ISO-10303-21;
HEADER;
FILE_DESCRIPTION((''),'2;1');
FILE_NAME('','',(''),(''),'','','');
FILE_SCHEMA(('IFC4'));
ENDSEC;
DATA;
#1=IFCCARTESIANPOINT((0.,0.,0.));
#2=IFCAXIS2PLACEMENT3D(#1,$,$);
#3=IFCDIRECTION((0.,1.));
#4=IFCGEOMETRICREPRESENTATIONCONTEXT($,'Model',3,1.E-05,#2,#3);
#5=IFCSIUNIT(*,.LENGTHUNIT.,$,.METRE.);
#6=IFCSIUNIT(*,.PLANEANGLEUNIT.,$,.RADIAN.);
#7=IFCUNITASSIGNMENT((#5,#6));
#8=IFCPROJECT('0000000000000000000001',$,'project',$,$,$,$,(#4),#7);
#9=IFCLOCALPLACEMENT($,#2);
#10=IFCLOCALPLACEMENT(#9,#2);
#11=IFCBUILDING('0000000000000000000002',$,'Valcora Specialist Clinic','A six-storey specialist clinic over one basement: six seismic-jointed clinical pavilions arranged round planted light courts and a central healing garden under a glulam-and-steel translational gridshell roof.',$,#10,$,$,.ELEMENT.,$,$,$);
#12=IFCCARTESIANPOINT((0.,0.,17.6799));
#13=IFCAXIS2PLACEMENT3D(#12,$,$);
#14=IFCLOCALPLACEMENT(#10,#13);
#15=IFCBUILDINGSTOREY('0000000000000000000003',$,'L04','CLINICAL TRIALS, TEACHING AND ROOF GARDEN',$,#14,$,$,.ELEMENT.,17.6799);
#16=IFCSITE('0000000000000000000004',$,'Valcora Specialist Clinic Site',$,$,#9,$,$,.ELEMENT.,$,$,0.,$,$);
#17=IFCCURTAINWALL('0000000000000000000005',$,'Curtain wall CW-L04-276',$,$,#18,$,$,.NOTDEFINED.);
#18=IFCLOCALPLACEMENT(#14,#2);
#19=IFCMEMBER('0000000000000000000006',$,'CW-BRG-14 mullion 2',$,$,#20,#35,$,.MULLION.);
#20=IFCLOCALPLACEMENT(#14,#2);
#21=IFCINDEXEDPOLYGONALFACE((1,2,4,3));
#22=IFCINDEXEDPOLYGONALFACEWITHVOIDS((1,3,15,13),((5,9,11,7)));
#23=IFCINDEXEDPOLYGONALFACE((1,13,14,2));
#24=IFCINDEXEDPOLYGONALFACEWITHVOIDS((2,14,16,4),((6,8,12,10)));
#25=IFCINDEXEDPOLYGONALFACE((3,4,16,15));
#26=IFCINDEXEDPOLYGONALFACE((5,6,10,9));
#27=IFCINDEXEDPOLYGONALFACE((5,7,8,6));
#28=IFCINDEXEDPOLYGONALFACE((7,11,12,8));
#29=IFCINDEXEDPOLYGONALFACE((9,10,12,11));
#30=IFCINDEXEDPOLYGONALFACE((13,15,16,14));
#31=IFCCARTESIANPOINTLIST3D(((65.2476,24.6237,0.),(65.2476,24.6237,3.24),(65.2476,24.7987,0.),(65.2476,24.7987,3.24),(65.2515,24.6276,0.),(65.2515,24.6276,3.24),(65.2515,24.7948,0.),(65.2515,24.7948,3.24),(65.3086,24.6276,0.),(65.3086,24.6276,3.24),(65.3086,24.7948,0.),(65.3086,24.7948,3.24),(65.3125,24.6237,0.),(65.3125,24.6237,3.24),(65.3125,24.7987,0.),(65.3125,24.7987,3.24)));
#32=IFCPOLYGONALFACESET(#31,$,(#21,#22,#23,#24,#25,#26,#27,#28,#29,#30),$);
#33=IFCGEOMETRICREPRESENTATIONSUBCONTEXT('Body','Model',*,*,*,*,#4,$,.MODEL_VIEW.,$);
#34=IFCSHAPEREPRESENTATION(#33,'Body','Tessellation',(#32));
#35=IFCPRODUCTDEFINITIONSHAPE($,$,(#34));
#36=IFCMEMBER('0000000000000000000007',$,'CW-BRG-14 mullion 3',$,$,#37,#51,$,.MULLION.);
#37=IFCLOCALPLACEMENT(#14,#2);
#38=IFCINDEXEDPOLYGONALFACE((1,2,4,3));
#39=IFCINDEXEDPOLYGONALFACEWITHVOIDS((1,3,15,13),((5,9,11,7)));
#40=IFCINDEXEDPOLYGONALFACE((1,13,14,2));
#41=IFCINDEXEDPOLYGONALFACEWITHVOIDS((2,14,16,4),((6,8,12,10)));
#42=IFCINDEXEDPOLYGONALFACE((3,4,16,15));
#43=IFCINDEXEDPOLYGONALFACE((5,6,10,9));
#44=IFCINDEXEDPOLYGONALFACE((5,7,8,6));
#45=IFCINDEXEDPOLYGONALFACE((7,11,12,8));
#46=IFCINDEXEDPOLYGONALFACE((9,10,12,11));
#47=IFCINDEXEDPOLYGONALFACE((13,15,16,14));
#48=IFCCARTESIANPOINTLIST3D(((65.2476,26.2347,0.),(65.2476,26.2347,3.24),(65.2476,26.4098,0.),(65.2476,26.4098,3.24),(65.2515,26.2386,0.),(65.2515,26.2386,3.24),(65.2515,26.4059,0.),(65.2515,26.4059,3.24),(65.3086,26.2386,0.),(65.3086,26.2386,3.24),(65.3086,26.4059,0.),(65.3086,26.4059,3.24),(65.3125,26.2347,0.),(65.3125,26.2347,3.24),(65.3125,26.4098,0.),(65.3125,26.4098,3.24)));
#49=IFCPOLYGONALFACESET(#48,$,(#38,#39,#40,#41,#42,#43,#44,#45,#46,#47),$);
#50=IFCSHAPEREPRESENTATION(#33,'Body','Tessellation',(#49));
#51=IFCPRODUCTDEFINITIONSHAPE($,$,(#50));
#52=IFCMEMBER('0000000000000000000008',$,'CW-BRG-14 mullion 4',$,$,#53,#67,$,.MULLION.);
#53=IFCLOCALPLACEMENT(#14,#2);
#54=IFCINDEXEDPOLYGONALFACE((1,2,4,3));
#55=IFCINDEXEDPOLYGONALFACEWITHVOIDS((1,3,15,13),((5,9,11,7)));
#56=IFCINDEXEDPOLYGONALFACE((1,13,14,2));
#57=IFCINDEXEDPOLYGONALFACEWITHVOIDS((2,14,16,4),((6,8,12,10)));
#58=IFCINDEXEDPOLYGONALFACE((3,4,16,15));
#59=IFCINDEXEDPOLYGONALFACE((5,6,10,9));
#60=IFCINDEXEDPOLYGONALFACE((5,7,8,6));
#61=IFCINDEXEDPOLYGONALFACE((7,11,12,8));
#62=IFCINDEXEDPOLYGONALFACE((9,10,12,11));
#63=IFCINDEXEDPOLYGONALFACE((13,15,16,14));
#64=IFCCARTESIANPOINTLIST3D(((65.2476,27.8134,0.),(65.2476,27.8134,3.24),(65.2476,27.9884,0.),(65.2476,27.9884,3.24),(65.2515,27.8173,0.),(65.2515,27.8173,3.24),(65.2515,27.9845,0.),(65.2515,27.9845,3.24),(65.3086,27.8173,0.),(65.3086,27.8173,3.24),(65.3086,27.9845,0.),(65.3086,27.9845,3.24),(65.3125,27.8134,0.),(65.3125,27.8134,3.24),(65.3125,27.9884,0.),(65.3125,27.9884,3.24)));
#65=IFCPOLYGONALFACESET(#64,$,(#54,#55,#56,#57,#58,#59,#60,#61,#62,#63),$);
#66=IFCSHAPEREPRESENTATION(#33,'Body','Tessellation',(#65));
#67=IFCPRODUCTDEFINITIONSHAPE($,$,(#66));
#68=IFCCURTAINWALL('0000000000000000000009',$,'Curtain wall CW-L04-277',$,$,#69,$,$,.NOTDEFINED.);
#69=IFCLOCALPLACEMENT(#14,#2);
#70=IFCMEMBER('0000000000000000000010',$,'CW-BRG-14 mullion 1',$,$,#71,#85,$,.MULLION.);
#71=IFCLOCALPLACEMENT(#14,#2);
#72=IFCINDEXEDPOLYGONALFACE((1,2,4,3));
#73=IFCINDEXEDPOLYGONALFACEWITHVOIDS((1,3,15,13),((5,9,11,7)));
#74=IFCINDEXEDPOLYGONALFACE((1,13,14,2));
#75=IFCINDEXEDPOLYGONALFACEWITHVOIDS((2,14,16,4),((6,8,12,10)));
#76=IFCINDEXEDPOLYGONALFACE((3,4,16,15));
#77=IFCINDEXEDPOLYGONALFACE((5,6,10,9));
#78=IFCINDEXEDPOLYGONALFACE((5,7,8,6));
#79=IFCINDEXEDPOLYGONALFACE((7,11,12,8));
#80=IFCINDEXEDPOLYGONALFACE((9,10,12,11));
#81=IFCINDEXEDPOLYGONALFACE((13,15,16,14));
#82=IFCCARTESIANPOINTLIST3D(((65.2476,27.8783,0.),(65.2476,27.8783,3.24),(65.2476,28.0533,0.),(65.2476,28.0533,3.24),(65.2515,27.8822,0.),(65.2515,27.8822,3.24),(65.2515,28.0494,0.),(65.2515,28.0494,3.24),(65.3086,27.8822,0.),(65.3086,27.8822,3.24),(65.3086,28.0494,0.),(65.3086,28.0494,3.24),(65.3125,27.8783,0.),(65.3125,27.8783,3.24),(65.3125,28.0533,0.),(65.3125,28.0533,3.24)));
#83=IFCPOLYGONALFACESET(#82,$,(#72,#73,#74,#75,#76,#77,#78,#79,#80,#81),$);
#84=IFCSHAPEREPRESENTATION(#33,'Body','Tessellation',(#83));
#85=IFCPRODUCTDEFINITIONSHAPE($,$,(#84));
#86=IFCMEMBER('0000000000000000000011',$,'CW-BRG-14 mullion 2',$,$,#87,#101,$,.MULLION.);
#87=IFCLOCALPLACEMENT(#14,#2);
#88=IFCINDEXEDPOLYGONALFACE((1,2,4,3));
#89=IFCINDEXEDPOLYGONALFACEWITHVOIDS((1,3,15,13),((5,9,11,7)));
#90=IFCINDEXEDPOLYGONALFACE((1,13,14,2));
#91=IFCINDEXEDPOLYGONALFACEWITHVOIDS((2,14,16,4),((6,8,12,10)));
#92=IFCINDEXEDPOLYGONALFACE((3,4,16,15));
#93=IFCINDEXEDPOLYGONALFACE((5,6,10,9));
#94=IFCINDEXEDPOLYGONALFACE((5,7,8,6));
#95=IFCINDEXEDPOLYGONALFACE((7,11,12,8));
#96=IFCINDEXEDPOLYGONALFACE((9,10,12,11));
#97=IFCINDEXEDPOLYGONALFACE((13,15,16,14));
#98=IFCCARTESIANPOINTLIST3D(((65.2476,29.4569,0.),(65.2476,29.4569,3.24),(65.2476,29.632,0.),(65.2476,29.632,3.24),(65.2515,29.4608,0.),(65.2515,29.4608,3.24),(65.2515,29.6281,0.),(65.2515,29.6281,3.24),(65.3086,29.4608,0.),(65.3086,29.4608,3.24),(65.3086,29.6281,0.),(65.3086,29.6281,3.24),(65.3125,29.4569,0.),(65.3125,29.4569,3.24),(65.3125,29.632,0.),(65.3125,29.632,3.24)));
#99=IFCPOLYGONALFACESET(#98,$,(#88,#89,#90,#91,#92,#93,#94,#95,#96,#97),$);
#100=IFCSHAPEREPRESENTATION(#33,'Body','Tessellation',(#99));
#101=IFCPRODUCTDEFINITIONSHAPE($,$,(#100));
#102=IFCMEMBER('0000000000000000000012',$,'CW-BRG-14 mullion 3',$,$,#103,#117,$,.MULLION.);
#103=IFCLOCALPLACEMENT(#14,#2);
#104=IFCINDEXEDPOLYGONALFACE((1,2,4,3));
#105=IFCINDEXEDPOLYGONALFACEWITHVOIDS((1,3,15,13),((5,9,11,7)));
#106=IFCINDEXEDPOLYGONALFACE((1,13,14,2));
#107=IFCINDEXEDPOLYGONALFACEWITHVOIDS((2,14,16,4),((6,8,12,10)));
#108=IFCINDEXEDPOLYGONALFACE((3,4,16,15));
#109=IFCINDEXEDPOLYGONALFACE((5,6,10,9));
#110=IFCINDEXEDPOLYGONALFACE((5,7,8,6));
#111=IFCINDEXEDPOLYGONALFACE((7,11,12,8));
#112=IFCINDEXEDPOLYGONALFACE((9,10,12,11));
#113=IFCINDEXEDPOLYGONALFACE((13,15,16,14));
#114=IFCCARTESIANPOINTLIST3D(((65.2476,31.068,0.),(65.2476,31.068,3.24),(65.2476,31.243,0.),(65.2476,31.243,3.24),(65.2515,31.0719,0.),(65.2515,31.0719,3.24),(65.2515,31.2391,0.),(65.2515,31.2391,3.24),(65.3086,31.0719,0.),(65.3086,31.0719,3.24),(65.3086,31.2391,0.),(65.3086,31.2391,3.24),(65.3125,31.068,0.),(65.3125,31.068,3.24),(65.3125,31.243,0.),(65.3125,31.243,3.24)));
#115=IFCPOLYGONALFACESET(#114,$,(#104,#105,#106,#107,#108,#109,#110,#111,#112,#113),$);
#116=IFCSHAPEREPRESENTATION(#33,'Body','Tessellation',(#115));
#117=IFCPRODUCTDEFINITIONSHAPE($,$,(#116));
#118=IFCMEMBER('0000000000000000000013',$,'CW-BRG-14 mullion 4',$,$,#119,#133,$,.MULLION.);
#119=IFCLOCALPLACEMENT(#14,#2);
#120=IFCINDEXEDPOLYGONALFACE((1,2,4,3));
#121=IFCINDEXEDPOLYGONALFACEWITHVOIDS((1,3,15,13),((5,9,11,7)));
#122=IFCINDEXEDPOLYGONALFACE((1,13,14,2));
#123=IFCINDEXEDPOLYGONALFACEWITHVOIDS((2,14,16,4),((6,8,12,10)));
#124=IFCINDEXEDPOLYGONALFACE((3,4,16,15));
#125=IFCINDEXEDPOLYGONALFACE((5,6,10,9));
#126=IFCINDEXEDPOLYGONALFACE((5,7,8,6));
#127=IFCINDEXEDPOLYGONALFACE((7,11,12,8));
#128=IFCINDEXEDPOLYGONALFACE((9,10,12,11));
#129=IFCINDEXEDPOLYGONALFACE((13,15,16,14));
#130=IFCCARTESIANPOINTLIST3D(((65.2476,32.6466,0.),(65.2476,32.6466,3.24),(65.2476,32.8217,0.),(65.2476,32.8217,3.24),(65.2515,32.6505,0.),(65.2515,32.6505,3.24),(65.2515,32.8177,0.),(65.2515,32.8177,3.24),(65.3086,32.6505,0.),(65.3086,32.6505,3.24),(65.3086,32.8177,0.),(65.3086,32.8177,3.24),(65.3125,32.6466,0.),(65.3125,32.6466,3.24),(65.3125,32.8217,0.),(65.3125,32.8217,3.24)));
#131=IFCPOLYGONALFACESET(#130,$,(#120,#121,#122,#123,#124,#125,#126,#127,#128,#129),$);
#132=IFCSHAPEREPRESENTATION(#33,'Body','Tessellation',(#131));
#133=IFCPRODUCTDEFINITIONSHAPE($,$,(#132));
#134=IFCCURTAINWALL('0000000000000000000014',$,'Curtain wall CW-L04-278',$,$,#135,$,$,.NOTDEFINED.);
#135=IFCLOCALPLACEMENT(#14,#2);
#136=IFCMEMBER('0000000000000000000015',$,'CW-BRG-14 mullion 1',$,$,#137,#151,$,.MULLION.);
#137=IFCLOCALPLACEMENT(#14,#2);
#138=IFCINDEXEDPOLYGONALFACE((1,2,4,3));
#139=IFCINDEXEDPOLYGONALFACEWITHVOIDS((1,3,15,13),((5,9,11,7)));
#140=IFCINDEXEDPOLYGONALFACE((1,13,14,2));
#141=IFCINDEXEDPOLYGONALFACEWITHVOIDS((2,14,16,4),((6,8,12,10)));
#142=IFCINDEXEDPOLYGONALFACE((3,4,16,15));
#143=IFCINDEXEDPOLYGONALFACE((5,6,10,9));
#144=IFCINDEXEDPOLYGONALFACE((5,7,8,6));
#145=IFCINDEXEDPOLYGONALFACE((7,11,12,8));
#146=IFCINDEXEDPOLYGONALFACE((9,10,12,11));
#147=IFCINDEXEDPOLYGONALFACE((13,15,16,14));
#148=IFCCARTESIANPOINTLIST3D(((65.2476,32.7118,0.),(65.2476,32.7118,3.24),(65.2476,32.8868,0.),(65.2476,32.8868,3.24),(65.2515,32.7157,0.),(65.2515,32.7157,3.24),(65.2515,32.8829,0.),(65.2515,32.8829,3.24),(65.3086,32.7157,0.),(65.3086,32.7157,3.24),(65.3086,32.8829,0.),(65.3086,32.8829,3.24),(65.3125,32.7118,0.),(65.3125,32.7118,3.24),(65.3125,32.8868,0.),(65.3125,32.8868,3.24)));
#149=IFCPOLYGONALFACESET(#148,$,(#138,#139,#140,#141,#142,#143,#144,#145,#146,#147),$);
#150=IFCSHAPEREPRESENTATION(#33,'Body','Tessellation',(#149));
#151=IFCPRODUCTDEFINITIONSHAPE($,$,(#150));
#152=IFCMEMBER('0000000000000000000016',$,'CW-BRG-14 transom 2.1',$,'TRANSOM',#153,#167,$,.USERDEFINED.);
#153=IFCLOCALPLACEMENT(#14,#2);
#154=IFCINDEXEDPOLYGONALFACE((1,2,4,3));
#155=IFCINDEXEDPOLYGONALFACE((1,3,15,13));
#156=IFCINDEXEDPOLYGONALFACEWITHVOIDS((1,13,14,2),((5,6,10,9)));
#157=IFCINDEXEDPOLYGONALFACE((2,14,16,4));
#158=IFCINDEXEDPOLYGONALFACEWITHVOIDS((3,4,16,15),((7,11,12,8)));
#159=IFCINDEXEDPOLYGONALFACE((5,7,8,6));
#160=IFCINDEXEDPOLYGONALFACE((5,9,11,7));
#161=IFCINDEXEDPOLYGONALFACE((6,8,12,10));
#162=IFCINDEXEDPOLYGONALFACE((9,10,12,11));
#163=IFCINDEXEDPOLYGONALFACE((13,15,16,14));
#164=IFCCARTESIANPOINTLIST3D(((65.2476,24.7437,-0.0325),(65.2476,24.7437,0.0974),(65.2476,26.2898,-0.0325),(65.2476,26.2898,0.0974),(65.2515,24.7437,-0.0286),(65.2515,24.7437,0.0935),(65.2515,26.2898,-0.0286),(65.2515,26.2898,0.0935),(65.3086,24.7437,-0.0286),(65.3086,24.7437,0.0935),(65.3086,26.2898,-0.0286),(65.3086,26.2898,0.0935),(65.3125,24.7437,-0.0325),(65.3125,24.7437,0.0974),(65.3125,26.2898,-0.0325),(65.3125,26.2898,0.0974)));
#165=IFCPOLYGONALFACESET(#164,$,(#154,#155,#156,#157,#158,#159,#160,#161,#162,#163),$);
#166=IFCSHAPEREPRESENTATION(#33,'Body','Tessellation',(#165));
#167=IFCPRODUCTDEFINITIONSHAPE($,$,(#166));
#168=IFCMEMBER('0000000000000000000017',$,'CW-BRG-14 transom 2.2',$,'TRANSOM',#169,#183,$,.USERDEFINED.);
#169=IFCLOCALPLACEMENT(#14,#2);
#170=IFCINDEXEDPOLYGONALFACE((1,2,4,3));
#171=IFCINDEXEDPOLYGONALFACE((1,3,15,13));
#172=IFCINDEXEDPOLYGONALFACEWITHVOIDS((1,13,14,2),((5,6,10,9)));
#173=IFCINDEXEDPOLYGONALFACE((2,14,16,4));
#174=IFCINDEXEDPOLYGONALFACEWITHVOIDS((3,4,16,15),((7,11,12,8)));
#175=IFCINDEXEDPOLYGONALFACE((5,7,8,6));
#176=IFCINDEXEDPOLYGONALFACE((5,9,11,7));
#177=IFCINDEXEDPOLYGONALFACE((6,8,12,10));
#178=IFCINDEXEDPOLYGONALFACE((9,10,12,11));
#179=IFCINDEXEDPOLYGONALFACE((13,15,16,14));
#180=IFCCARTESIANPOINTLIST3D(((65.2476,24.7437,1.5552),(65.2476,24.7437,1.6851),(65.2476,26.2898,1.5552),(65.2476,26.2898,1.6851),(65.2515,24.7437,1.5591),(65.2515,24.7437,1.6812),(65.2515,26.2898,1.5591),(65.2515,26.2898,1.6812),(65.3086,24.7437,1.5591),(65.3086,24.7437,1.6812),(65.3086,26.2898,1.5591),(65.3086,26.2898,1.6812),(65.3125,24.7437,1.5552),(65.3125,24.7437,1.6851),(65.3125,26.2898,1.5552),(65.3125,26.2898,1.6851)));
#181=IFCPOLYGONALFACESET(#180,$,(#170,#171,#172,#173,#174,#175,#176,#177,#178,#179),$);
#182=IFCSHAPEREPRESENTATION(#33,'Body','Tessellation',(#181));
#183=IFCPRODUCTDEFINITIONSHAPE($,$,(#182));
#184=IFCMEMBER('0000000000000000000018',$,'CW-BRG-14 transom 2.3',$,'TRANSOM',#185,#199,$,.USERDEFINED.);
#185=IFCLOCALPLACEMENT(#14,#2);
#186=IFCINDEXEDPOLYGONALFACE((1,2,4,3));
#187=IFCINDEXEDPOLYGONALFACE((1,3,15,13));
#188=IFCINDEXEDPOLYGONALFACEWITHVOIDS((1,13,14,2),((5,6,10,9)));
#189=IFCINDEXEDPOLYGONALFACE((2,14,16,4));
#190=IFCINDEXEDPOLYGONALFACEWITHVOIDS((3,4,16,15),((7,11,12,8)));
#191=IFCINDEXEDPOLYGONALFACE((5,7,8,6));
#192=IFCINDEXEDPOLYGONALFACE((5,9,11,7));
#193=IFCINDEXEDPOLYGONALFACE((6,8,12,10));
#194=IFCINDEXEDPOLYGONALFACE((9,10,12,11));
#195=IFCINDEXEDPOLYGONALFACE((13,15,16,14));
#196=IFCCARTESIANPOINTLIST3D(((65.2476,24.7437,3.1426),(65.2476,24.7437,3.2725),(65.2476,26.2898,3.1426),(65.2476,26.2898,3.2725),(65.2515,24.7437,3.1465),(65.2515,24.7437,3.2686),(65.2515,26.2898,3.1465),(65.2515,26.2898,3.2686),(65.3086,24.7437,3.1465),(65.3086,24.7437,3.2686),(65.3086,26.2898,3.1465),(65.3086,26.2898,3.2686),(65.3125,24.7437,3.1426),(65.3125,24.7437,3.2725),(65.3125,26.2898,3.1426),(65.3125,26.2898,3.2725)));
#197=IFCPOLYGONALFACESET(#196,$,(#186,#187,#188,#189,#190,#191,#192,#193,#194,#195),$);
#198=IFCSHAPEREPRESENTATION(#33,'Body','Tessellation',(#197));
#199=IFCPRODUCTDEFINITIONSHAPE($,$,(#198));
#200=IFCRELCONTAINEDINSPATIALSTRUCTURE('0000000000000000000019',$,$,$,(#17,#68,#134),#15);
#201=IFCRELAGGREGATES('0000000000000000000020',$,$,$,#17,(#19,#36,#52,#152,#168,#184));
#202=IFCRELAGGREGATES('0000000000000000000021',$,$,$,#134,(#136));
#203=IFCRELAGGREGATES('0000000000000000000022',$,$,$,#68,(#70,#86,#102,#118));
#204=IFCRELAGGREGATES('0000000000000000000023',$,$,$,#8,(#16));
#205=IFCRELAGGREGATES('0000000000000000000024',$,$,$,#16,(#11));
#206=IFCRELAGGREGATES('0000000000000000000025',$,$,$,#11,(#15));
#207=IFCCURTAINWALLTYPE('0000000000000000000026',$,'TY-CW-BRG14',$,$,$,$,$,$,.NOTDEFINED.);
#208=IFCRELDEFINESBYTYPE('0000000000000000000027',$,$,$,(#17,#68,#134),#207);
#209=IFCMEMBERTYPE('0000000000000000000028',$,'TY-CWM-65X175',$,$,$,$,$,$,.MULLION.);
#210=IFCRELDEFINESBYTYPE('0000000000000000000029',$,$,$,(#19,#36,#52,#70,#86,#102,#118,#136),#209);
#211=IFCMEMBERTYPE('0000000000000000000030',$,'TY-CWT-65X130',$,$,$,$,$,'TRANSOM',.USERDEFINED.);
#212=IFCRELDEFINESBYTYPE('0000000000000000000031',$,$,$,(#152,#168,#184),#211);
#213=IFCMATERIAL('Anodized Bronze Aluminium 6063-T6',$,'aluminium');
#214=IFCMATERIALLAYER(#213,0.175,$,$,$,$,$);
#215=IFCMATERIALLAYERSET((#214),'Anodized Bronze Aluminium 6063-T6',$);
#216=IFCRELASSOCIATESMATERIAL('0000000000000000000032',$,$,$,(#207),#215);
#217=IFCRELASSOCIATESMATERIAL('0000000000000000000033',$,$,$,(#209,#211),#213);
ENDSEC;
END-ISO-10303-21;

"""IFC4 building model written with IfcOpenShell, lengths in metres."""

from ifc_helpers import new_model, si_unit, direction, frame, origin, origin_2d, place, context, subcontext, project, spatial, hollow_rectangle, extrude, material, layer, layer_set, material_profile, profile_set, type_object, element, aggregate, save


model = new_model("IFC4")

# Units and contexts
model_context = context("Model", 3, precision=1e-05, world=origin(), true_north=direction((0.0, 1.0)))
body_context = subcontext(model_context, "Body", "Model", "MODEL_VIEW")
ifc_project = project(units=[si_unit("LENGTHUNIT", "METRE"), si_unit("PLANEANGLEUNIT", "RADIAN")], contexts=[model_context])

# Site, building, storey
site_placement = place(None, origin())
site = spatial("IfcSite", under=ifc_project, at=site_placement, Name="Valcora Specialist Clinic Site", CompositionType="ELEMENT", RefElevation=0.0)
building_placement = place(site_placement, origin())
building = spatial("IfcBuilding", under=site, at=building_placement, Name="Valcora Specialist Clinic", Description="A six-storey specialist clinic over one basement: six seismic-jointed clinical pavilions arranged round planted light courts and a central healing garden under a glulam-and-steel translational gridshell roof.", CompositionType="ELEMENT")
storey_placement = place(building_placement, frame((0.0, 0.0, 17.6799)))
storey = spatial("IfcBuildingStorey", under=building, at=storey_placement, Name="L04", Description="CLINICAL TRIALS, TEACHING AND ROOF GARDEN", CompositionType="ELEMENT", Elevation=17.6799)

# Curtain walls, members
ifc_material_1 = material(Name="Anodized Bronze Aluminium 6063-T6", Category="aluminium")
ifc_layer_1 = layer(ifc_material_1, 0.175)
ifc_layer_set_1 = layer_set([ifc_layer_1], Name="Anodized Bronze Aluminium 6063-T6")
curtain_wall_type = type_object("IfcCurtainWallType", Name="TY-CW-BRG14", PredefinedType="NOTDEFINED", material=ifc_layer_set_1)
curtain_wall_1_placement = place(storey_placement, origin())
curtain_wall_1 = element("IfcCurtainWall", 1, at=curtain_wall_1_placement, inside=storey, type_object=curtain_wall_type, Name="Curtain wall CW-L04-276", PredefinedType="NOTDEFINED")
ifc_material_profile_1 = material_profile(ifc_material_1, hollow_rectangle(XDim=0.0649, YDim=0.175, WallThickness=0.0039, at=origin_2d()), Name="AL-MUL-65X175")
ifc_profile_set_1 = profile_set([ifc_material_profile_1], Name="Anodized Bronze Aluminium 6063-T6")
member_type_1 = type_object("IfcMemberType", Name="TY-CWM-65X175", PredefinedType="MULLION", material=ifc_profile_set_1)
member_1_placement = place(storey_placement, frame((65.28, 24.7112, 0.0), z_axis=(0.0, 0.0, 1.0), x_axis=(-1.0, 0.0, 0.0)))
member_1 = element("IfcMember", 2, at=member_1_placement, type_object=member_type_1, Name="CW-BRG-14 mullion 2", PredefinedType="MULLION", context=body_context, shape_type="SweptSolid", body=[
    extrude(hollow_rectangle(XDim=0.0649, YDim=0.175, WallThickness=0.0039, at=origin_2d()), origin(), (0.0, 0.0, 1.0), 3.24),
])
member_2_placement = place(storey_placement, frame((65.28, 26.3223, 0.0), z_axis=(0.0, 0.0, 1.0), x_axis=(-1.0, 0.0, 0.0)))
member_2 = element("IfcMember", 3, at=member_2_placement, type_object=member_type_1, Name="CW-BRG-14 mullion 3", PredefinedType="MULLION", context=body_context, shape_type="SweptSolid", body=[
    extrude(hollow_rectangle(XDim=0.0649, YDim=0.175, WallThickness=0.0039, at=origin_2d()), origin(), (0.0, 0.0, 1.0), 3.24),
])
member_3_placement = place(storey_placement, frame((65.28, 27.9009, 0.0), z_axis=(0.0, 0.0, 1.0), x_axis=(-1.0, 0.0, 0.0)))
member_3 = element("IfcMember", 4, at=member_3_placement, type_object=member_type_1, Name="CW-BRG-14 mullion 4", PredefinedType="MULLION", context=body_context, shape_type="SweptSolid", body=[
    extrude(hollow_rectangle(XDim=0.0649, YDim=0.175, WallThickness=0.0039, at=origin_2d()), origin(), (0.0, 0.0, 1.0), 3.24),
])
curtain_wall_2_placement = place(storey_placement, origin())
curtain_wall_2 = element("IfcCurtainWall", 5, at=curtain_wall_2_placement, inside=storey, type_object=curtain_wall_type, Name="Curtain wall CW-L04-277", PredefinedType="NOTDEFINED")
member_4_placement = place(storey_placement, frame((65.28, 27.9658, 0.0), z_axis=(0.0, 0.0, 1.0), x_axis=(-1.0, 0.0, 0.0)))
member_4 = element("IfcMember", 6, at=member_4_placement, type_object=member_type_1, Name="CW-BRG-14 mullion 1", PredefinedType="MULLION", context=body_context, shape_type="SweptSolid", body=[
    extrude(hollow_rectangle(XDim=0.0649, YDim=0.175, WallThickness=0.0039, at=origin_2d()), origin(), (0.0, 0.0, 1.0), 3.24),
])
member_5_placement = place(storey_placement, frame((65.28, 29.5444, 0.0), z_axis=(0.0, 0.0, 1.0), x_axis=(-1.0, 0.0, 0.0)))
member_5 = element("IfcMember", 7, at=member_5_placement, type_object=member_type_1, Name="CW-BRG-14 mullion 2", PredefinedType="MULLION", context=body_context, shape_type="SweptSolid", body=[
    extrude(hollow_rectangle(XDim=0.0649, YDim=0.175, WallThickness=0.0039, at=origin_2d()), origin(), (0.0, 0.0, 1.0), 3.24),
])
member_6_placement = place(storey_placement, frame((65.28, 31.1555, 0.0), z_axis=(0.0, 0.0, 1.0), x_axis=(-1.0, 0.0, 0.0)))
member_6 = element("IfcMember", 8, at=member_6_placement, type_object=member_type_1, Name="CW-BRG-14 mullion 3", PredefinedType="MULLION", context=body_context, shape_type="SweptSolid", body=[
    extrude(hollow_rectangle(XDim=0.0649, YDim=0.175, WallThickness=0.0039, at=origin_2d()), origin(), (0.0, 0.0, 1.0), 3.24),
])
member_7_placement = place(storey_placement, frame((65.28, 32.7341, 0.0), z_axis=(0.0, 0.0, 1.0), x_axis=(-1.0, 0.0, 0.0)))
member_7 = element("IfcMember", 9, at=member_7_placement, type_object=member_type_1, Name="CW-BRG-14 mullion 4", PredefinedType="MULLION", context=body_context, shape_type="SweptSolid", body=[
    extrude(hollow_rectangle(XDim=0.0649, YDim=0.175, WallThickness=0.0039, at=origin_2d()), origin(), (0.0, 0.0, 1.0), 3.24),
])

# Curtain wall, member
curtain_wall_3_placement = place(storey_placement, origin())
curtain_wall_3 = element("IfcCurtainWall", 10, at=curtain_wall_3_placement, inside=storey, type_object=curtain_wall_type, Name="Curtain wall CW-L04-278", PredefinedType="NOTDEFINED")
member_8_placement = place(storey_placement, frame((65.28, 32.7993, 0.0), z_axis=(0.0, 0.0, 1.0), x_axis=(-1.0, 0.0, 0.0)))
member_8 = element("IfcMember", 11, at=member_8_placement, type_object=member_type_1, Name="CW-BRG-14 mullion 1", PredefinedType="MULLION", context=body_context, shape_type="SweptSolid", body=[
    extrude(hollow_rectangle(XDim=0.0649, YDim=0.175, WallThickness=0.0039, at=origin_2d()), origin(), (0.0, 0.0, 1.0), 3.24),
])

# Members
ifc_material_profile_2 = material_profile(ifc_material_1, hollow_rectangle(XDim=0.0649, YDim=0.1299, WallThickness=0.0039, at=origin_2d()), Name="AL-TRN-65X130")
ifc_profile_set_2 = profile_set([ifc_material_profile_2], Name="Anodized Bronze Aluminium 6063-T6")
member_type_2 = type_object("IfcMemberType", Name="TY-CWT-65X130", ElementType="TRANSOM", PredefinedType="USERDEFINED", material=ifc_profile_set_2)
member_9_placement = place(storey_placement, frame((65.28, 24.7437, 0.0325), z_axis=(0.0, 1.0, 0.0), x_axis=(-1.0, 0.0, 0.0)))
member_9 = element("IfcMember", 12, at=member_9_placement, type_object=member_type_2, Name="CW-BRG-14 transom 2.1", ObjectType="TRANSOM", PredefinedType="USERDEFINED", context=body_context, shape_type="SweptSolid", body=[
    extrude(hollow_rectangle(XDim=0.0649, YDim=0.1299, WallThickness=0.0039, at=origin_2d()), origin(), (0.0, 0.0, 1.0), 1.5461),
])
member_10_placement = place(storey_placement, frame((65.28, 24.7437, 1.6201), z_axis=(0.0, 1.0, 0.0), x_axis=(-1.0, 0.0, 0.0)))
member_10 = element("IfcMember", 13, at=member_10_placement, type_object=member_type_2, Name="CW-BRG-14 transom 2.2", ObjectType="TRANSOM", PredefinedType="USERDEFINED", context=body_context, shape_type="SweptSolid", body=[
    extrude(hollow_rectangle(XDim=0.0649, YDim=0.1299, WallThickness=0.0039, at=origin_2d()), origin(), (0.0, 0.0, 1.0), 1.5461),
])
member_11_placement = place(storey_placement, frame((65.28, 24.7437, 3.2075), z_axis=(0.0, 1.0, 0.0), x_axis=(-1.0, 0.0, 0.0)))
member_11 = element("IfcMember", 14, at=member_11_placement, type_object=member_type_2, Name="CW-BRG-14 transom 2.3", ObjectType="TRANSOM", PredefinedType="USERDEFINED", context=body_context, shape_type="SweptSolid", body=[
    extrude(hollow_rectangle(XDim=0.0649, YDim=0.1299, WallThickness=0.0039, at=origin_2d()), origin(), (0.0, 0.0, 1.0), 1.5461),
])

aggregate(curtain_wall_1, [member_1, member_2, member_3, member_9, member_10, member_11])
aggregate(curtain_wall_3, [member_8])
aggregate(curtain_wall_2, [member_4, member_5, member_6, member_7])

save(model, "model.ifc")
